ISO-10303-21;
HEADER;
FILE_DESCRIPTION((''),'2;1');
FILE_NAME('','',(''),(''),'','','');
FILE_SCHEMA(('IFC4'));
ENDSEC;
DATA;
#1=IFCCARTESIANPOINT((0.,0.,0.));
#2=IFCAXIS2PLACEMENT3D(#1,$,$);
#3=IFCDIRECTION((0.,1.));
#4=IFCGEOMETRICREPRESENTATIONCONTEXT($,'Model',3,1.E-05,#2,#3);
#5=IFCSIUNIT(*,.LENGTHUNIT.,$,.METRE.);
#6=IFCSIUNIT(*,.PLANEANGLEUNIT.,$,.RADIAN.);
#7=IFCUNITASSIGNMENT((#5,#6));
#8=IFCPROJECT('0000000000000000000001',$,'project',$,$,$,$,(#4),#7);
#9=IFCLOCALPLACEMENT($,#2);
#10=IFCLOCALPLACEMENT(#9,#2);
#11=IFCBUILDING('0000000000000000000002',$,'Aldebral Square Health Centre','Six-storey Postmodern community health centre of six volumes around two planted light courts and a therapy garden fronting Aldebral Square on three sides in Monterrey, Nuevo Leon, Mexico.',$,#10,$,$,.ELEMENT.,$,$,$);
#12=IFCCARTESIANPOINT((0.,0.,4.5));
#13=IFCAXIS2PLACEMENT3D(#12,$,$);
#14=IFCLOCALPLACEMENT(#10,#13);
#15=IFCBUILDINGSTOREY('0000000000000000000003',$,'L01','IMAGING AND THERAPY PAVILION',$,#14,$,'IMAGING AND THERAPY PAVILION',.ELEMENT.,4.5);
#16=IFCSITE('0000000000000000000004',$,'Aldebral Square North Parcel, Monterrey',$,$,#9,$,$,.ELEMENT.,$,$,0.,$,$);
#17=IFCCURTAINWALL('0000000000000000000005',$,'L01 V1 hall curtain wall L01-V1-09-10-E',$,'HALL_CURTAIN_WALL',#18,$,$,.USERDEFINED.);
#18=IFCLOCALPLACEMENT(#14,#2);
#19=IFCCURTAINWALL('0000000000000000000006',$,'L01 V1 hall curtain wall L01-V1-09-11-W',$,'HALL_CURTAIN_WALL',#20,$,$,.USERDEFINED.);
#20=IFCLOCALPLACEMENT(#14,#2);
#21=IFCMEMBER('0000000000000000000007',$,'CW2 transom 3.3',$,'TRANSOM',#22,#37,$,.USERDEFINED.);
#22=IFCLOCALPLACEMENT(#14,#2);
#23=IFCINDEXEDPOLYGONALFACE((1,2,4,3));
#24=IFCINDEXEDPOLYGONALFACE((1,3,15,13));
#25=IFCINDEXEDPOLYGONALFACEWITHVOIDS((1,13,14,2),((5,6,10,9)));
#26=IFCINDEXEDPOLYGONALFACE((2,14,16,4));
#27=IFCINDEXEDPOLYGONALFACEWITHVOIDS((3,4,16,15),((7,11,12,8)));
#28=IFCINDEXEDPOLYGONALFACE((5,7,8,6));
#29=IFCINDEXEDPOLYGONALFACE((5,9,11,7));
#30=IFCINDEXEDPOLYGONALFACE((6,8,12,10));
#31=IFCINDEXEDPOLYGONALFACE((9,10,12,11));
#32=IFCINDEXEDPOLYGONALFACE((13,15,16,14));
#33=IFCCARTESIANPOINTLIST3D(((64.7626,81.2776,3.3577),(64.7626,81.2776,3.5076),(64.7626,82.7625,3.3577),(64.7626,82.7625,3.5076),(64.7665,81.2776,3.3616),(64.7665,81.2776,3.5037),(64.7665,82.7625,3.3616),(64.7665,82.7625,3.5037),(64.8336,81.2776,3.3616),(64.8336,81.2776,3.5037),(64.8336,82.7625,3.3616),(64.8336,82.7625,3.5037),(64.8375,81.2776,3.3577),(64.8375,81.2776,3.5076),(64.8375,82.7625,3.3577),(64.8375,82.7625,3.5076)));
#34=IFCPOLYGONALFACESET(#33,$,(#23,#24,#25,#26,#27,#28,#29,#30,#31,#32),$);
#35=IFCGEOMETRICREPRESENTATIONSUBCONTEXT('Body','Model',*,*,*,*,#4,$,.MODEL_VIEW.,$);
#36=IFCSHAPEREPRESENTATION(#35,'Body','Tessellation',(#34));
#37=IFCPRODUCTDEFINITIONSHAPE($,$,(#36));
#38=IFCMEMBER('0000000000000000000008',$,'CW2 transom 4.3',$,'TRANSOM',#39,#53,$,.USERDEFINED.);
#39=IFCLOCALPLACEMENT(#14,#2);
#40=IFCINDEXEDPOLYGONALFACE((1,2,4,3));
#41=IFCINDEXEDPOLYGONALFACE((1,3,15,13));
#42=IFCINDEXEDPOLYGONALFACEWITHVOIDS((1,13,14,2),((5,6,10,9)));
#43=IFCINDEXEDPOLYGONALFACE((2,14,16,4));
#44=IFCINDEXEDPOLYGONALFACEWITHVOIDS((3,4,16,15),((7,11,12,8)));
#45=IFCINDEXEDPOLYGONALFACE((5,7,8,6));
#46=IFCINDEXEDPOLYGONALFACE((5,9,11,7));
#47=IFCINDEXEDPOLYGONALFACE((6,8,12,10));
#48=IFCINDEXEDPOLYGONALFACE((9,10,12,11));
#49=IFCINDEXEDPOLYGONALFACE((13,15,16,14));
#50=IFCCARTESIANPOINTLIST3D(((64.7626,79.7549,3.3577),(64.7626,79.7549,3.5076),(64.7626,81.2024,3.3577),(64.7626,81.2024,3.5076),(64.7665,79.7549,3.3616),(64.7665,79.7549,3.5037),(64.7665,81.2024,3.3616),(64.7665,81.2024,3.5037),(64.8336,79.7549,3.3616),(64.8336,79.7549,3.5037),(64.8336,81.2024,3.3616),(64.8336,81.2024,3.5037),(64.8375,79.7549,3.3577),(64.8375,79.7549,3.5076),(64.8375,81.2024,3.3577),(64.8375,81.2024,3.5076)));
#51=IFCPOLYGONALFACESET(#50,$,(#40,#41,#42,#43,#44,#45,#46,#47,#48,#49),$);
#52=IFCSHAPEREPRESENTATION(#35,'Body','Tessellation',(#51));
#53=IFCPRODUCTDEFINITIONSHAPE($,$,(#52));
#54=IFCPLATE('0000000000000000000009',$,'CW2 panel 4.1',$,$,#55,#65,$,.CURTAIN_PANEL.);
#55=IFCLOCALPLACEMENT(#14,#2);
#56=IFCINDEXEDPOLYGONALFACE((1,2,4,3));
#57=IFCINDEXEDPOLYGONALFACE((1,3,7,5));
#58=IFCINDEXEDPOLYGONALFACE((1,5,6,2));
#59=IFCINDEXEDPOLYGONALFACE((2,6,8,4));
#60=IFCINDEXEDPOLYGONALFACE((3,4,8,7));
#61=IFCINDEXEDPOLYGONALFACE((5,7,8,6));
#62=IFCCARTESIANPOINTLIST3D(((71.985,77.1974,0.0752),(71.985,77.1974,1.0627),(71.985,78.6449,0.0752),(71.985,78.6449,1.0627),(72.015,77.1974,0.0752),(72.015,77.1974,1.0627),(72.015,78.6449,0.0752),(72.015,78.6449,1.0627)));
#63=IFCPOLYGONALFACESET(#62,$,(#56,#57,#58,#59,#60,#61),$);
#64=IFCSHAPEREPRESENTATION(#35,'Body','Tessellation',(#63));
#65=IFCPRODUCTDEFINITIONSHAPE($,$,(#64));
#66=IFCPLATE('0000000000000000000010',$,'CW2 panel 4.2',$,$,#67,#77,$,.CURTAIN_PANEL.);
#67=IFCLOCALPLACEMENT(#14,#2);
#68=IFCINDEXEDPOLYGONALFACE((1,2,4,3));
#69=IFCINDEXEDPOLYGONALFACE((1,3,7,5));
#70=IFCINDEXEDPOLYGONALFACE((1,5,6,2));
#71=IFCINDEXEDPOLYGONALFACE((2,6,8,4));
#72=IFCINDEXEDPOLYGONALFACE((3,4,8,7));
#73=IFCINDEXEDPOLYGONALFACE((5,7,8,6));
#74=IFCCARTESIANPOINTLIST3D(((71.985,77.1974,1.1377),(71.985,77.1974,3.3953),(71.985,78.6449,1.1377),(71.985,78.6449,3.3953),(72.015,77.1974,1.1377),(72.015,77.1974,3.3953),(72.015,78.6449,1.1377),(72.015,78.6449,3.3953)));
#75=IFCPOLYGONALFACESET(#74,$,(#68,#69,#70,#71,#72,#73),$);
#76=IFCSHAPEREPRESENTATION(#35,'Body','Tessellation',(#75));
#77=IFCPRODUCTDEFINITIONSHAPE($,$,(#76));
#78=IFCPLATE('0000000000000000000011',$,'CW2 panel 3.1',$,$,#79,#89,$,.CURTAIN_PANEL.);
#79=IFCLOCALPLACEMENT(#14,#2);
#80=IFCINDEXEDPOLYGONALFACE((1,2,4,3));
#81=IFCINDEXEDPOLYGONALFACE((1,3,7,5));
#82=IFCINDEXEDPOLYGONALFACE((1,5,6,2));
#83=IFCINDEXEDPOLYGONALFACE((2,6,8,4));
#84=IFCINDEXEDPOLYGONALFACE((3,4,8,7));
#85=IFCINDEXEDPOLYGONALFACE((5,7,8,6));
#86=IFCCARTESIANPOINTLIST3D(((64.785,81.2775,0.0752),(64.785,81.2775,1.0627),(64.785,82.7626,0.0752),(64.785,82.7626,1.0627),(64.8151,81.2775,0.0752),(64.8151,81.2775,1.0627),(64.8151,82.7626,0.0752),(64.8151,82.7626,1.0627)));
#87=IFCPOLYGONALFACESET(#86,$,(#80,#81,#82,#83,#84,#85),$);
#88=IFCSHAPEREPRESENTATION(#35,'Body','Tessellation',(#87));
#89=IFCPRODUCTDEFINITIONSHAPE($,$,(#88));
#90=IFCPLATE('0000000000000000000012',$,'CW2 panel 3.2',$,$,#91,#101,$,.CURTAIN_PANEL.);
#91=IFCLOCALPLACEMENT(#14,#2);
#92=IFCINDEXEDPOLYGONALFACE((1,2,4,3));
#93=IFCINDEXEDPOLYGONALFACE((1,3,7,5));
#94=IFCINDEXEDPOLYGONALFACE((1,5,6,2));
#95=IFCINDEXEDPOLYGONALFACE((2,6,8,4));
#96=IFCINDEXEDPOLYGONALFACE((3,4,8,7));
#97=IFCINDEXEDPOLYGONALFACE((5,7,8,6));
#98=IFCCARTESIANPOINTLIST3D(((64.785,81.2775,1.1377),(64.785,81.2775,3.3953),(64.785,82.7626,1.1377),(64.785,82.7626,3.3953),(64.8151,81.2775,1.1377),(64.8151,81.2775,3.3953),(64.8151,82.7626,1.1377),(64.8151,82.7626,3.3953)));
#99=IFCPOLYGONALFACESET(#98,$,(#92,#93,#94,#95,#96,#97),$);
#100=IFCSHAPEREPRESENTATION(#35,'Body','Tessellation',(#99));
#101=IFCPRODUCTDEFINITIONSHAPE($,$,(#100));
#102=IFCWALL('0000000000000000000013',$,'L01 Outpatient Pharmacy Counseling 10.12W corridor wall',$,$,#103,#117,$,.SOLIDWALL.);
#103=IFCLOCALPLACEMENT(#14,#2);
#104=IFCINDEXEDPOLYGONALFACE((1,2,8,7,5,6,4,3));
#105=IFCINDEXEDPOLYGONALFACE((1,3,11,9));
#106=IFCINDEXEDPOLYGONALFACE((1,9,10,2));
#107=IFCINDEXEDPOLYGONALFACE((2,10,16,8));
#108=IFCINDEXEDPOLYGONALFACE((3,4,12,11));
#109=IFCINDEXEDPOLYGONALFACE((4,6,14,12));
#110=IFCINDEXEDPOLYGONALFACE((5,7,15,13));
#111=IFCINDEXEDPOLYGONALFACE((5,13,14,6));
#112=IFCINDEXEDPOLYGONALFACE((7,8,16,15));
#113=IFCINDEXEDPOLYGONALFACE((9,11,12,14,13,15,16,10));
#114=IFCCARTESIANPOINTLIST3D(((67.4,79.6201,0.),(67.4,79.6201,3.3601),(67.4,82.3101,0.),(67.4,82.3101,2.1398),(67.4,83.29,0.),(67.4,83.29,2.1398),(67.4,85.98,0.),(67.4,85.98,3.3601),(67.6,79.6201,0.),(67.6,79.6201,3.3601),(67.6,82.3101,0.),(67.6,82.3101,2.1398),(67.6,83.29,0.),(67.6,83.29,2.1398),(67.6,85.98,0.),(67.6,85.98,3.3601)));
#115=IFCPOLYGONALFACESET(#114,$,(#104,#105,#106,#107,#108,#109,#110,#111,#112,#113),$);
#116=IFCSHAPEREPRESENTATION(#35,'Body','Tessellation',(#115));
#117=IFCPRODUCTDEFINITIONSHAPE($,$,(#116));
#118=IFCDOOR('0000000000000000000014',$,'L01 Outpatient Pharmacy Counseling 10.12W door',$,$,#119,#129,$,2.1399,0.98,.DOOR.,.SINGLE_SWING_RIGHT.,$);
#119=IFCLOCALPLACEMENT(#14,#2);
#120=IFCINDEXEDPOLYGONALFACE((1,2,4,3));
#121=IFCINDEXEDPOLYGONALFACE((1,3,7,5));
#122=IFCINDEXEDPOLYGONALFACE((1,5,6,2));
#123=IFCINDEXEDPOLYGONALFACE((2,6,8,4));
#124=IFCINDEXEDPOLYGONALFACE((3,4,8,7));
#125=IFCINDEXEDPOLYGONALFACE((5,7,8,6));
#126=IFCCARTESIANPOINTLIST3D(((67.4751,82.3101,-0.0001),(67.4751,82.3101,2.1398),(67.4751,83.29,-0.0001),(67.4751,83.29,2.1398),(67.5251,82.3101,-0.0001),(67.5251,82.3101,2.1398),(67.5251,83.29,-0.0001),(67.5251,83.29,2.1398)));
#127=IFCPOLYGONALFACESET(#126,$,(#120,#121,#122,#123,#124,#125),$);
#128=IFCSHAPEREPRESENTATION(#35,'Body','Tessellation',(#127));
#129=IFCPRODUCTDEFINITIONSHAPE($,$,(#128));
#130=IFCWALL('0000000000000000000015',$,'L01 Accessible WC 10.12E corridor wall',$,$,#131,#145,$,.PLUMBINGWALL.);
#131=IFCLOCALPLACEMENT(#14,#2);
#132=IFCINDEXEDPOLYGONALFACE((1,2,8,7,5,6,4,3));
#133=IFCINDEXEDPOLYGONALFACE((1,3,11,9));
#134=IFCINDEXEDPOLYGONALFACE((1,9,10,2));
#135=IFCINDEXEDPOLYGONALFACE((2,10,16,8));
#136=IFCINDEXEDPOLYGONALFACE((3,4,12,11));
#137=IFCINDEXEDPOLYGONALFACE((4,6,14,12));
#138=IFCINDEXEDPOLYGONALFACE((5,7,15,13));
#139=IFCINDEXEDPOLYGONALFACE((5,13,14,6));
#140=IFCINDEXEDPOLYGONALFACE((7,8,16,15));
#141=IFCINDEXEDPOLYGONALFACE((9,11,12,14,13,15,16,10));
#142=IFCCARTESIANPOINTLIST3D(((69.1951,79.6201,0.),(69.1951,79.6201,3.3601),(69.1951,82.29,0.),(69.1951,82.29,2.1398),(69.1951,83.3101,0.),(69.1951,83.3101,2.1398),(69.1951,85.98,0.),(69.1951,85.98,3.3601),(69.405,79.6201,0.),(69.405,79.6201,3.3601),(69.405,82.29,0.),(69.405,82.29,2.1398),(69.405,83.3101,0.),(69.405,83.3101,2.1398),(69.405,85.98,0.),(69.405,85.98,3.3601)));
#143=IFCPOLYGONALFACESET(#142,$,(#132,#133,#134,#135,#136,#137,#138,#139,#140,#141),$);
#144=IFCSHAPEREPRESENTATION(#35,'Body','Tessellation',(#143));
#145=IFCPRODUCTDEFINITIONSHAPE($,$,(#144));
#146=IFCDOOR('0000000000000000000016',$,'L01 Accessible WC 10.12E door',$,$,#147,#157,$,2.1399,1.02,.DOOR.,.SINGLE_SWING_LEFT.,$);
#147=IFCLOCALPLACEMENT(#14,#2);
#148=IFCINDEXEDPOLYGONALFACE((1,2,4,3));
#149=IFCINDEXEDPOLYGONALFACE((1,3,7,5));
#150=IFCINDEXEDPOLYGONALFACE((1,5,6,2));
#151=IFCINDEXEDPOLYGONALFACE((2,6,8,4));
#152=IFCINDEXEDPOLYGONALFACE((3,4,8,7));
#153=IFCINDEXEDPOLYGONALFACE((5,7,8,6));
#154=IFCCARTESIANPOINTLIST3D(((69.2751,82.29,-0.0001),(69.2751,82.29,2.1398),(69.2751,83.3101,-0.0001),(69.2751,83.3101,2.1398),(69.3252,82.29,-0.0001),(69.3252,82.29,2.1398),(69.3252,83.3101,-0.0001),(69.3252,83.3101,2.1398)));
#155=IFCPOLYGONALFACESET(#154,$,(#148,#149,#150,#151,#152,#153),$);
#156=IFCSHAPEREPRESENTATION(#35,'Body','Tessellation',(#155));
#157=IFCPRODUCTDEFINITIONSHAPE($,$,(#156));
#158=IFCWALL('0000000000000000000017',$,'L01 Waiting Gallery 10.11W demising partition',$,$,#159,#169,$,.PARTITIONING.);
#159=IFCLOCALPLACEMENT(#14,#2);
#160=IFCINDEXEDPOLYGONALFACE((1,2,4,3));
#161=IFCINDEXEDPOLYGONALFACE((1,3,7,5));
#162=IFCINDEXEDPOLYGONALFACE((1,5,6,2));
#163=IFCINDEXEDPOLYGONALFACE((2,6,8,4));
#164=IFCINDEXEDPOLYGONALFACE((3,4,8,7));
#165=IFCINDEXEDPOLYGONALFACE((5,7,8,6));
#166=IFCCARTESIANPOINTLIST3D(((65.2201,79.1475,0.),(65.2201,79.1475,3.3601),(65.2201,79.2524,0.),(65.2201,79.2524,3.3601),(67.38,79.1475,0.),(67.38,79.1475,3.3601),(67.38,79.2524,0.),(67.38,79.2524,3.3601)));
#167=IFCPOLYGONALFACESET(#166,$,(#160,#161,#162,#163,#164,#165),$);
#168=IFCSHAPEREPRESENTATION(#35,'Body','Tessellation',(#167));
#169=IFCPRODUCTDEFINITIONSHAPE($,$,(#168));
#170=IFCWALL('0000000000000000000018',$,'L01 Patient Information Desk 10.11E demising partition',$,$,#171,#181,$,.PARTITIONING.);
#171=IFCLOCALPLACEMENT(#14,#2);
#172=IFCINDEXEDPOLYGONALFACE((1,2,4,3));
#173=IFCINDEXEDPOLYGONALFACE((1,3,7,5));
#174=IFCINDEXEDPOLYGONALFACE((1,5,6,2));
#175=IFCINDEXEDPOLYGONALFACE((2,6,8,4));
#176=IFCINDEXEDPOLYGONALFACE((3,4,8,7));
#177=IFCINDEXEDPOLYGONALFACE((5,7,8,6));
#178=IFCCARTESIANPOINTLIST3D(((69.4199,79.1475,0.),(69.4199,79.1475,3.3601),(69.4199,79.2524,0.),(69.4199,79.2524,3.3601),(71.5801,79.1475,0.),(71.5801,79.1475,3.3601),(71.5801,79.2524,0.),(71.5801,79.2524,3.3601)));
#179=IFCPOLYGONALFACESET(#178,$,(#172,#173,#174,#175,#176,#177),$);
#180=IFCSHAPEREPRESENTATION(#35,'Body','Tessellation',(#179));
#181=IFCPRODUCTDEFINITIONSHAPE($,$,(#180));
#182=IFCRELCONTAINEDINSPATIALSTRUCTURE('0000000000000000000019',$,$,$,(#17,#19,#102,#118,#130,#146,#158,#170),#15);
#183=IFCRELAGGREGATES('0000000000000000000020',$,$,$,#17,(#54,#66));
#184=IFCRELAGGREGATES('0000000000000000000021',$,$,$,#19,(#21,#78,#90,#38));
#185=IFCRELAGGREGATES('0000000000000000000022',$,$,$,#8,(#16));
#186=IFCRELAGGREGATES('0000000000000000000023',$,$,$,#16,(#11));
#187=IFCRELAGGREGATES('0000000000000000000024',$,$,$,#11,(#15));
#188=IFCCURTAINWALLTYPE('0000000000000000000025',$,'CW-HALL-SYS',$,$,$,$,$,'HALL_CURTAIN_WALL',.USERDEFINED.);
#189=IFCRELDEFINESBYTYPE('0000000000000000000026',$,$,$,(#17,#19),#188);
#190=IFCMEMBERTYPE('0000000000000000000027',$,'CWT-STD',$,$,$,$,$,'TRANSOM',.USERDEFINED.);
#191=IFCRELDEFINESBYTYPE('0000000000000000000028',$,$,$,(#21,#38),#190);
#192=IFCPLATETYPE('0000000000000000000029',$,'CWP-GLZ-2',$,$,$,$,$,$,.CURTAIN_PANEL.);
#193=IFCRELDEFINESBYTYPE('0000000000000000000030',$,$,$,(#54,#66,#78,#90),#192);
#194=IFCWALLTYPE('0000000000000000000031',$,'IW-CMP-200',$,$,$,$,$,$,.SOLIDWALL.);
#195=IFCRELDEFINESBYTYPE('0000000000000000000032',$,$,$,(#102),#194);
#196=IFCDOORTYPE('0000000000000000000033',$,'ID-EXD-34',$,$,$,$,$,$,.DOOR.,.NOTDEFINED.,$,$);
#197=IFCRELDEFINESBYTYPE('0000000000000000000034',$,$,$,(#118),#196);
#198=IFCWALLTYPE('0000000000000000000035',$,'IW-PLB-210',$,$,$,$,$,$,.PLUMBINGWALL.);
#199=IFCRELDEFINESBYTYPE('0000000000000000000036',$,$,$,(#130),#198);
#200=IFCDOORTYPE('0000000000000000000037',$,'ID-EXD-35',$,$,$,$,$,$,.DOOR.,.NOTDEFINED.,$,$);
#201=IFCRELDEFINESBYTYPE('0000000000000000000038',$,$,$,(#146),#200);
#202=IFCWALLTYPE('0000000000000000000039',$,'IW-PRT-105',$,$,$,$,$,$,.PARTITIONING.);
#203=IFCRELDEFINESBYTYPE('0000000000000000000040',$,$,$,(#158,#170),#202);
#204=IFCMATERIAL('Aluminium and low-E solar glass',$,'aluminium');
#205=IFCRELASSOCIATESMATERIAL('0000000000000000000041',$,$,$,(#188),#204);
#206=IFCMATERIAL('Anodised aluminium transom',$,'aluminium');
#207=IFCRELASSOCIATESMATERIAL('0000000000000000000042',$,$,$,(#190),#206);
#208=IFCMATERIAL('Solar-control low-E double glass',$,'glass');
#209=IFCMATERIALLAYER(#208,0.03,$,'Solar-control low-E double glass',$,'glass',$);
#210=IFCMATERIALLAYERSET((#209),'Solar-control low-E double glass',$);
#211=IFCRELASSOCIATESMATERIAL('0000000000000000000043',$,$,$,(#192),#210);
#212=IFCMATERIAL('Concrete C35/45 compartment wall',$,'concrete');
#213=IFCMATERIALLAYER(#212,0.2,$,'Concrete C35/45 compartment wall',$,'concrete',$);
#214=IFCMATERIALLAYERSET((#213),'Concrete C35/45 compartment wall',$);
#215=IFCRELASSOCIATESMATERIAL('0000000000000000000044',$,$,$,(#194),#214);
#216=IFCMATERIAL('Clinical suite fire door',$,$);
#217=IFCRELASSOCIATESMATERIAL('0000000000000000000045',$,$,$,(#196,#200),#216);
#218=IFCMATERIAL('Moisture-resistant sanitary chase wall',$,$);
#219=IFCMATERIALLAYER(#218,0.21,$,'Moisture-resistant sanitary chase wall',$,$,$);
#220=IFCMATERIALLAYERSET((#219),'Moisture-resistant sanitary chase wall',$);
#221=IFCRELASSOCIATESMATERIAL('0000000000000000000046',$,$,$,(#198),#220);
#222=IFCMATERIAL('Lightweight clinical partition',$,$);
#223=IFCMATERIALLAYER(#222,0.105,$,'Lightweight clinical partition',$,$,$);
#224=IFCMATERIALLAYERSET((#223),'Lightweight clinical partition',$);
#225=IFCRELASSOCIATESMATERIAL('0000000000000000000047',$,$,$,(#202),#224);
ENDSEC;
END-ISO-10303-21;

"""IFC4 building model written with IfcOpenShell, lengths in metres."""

from ifc_helpers import new_model, si_unit, direction, frame, frame_2d, origin, origin_2d, place, context, subcontext, project, spatial, rectangle, hollow_rectangle, extrude, material, layer, layer_set, material_profile, profile_set, type_object, element, fill, aggregate, save


model = new_model("IFC4")

# Units and contexts
model_context = context("Model", 3, precision=1e-05, world=origin(), true_north=direction((0.0, 1.0)))
body_context = subcontext(model_context, "Body", "Model", "MODEL_VIEW")
ifc_project = project(units=[si_unit("LENGTHUNIT", "METRE"), si_unit("PLANEANGLEUNIT", "RADIAN")], contexts=[model_context])

# Site, building, storey
site_placement = place(None, origin())
site = spatial("IfcSite", under=ifc_project, at=site_placement, Name="Aldebral Square North Parcel, Monterrey", CompositionType="ELEMENT", RefElevation=0.0)
building_placement = place(site_placement, origin())
building = spatial("IfcBuilding", under=site, at=building_placement, Name="Aldebral Square Health Centre", Description="Six-storey Postmodern community health centre of six volumes around two planted light courts and a therapy garden fronting Aldebral Square on three sides in Monterrey, Nuevo Leon, Mexico.", CompositionType="ELEMENT")
storey_placement = place(building_placement, frame((0.0, 0.0, 4.5)))
storey = spatial("IfcBuildingStorey", under=building, at=storey_placement, Name="L01", Description="IMAGING AND THERAPY PAVILION", LongName="IMAGING AND THERAPY PAVILION", CompositionType="ELEMENT", Elevation=4.5)

# Curtain walls
ifc_material_1 = material(Name="Aluminium and low-E solar glass", Category="aluminium")
curtain_wall_type = type_object("IfcCurtainWallType", Name="CW-HALL-SYS", ElementType="HALL_CURTAIN_WALL", PredefinedType="USERDEFINED", material=ifc_material_1)
curtain_wall_1_placement = place(storey_placement, origin())
curtain_wall_1 = element("IfcCurtainWall", 1, at=curtain_wall_1_placement, inside=storey, type_object=curtain_wall_type, Name="L01 V1 hall curtain wall L01-V1-09-10-E", ObjectType="HALL_CURTAIN_WALL", PredefinedType="USERDEFINED")
curtain_wall_2_placement = place(storey_placement, origin())
curtain_wall_2 = element("IfcCurtainWall", 2, at=curtain_wall_2_placement, inside=storey, type_object=curtain_wall_type, Name="L01 V1 hall curtain wall L01-V1-09-11-W", ObjectType="HALL_CURTAIN_WALL", PredefinedType="USERDEFINED")

# Members
ifc_material_2 = material(Name="Anodised aluminium transom", Category="aluminium")
ifc_material_profile_1 = material_profile(ifc_material_2, hollow_rectangle(XDim=0.075, YDim=0.1499, WallThickness=0.0039, at=origin_2d()), Name="CWT 75x150x4")
ifc_profile_set_1 = profile_set([ifc_material_profile_1], Name="Anodised aluminium transom")
member_type_1 = type_object("IfcMemberType", Name="CWT-STD", ElementType="TRANSOM", PredefinedType="USERDEFINED", material=ifc_profile_set_1)
member_1_placement = place(storey_placement, frame((64.8, 82.7625, 3.4326), z_axis=(0.0, -1.0, 0.0), x_axis=(1.0, 0.0, 0.0)))
member_1 = element("IfcMember", 3, at=member_1_placement, type_object=member_type_1, Name="CW2 transom 3.3", ObjectType="TRANSOM", PredefinedType="USERDEFINED", context=body_context, shape_type="SweptSolid", body=[
    extrude(hollow_rectangle(XDim=0.075, YDim=0.1499, WallThickness=0.0039, at=origin_2d()), origin(), (0.0, 0.0, 1.0), 1.4849),
])
member_2_placement = place(storey_placement, frame((64.8, 81.2024, 3.4326), z_axis=(0.0, -1.0, 0.0), x_axis=(1.0, 0.0, 0.0)))
member_2 = element("IfcMember", 4, at=member_2_placement, type_object=member_type_1, Name="CW2 transom 4.3", ObjectType="TRANSOM", PredefinedType="USERDEFINED", context=body_context, shape_type="SweptSolid", body=[
    extrude(hollow_rectangle(XDim=0.075, YDim=0.1499, WallThickness=0.0039, at=origin_2d()), origin(), (0.0, 0.0, 1.0), 1.4475),
])

# Plates
ifc_material_3 = material(Name="Solar-control low-E double glass", Category="glass")
ifc_layer_1 = layer(ifc_material_3, 0.03, Name="Solar-control low-E double glass", Category="glass")
ifc_layer_set_1 = layer_set([ifc_layer_1], Name="Solar-control low-E double glass")
plate_type = type_object("IfcPlateType", Name="CWP-GLZ-2", PredefinedType="CURTAIN_PANEL", material=ifc_layer_set_1)
plate_1_placement = place(storey_placement, frame((72.0, 77.9211, 0.0752), z_axis=(0.0, 0.0, 1.0), x_axis=(0.0, 1.0, 0.0)))
plate_1 = element("IfcPlate", 5, at=plate_1_placement, type_object=plate_type, Name="CW2 panel 4.1", PredefinedType="CURTAIN_PANEL", context=body_context, shape_type="SweptSolid", body=[
    extrude(rectangle(XDim=1.4475, YDim=0.03, at=origin_2d()), origin(), (0.0, 0.0, 1.0), 0.9875),
])
plate_2_placement = place(storey_placement, frame((72.0, 77.9211, 1.1377), z_axis=(0.0, 0.0, 1.0), x_axis=(0.0, 1.0, 0.0)))
plate_2 = element("IfcPlate", 6, at=plate_2_placement, type_object=plate_type, Name="CW2 panel 4.2", PredefinedType="CURTAIN_PANEL", context=body_context, shape_type="SweptSolid", body=[
    extrude(rectangle(XDim=1.4475, YDim=0.03, at=origin_2d()), origin(), (0.0, 0.0, 1.0), 2.2576),
])
aggregate(curtain_wall_1, [plate_1, plate_2])
plate_3_placement = place(storey_placement, frame((64.8, 82.02, 0.0752), z_axis=(0.0, 0.0, 1.0), x_axis=(0.0, -1.0, 0.0)))
plate_3 = element("IfcPlate", 7, at=plate_3_placement, type_object=plate_type, Name="CW2 panel 3.1", PredefinedType="CURTAIN_PANEL", context=body_context, shape_type="SweptSolid", body=[
    extrude(rectangle(XDim=1.4851, YDim=0.03, at=origin_2d()), origin(), (0.0, 0.0, 1.0), 0.9875),
])
plate_4_placement = place(storey_placement, frame((64.8, 82.02, 1.1377), z_axis=(0.0, 0.0, 1.0), x_axis=(0.0, -1.0, 0.0)))
plate_4 = element("IfcPlate", 8, at=plate_4_placement, type_object=plate_type, Name="CW2 panel 3.2", PredefinedType="CURTAIN_PANEL", context=body_context, shape_type="SweptSolid", body=[
    extrude(rectangle(XDim=1.4851, YDim=0.03, at=origin_2d()), origin(), (0.0, 0.0, 1.0), 2.2576),
])
aggregate(curtain_wall_2, [member_1, plate_3, plate_4, member_2])

# Walls, openings, doors
ifc_material_4 = material(Name="Concrete C35/45 compartment wall", Category="concrete")
ifc_layer_2 = layer(ifc_material_4, 0.2, Name="Concrete C35/45 compartment wall", Category="concrete")
ifc_layer_set_2 = layer_set([ifc_layer_2], Name="Concrete C35/45 compartment wall")
wall_type_1 = type_object("IfcWallType", Name="IW-CMP-200", PredefinedType="SOLIDWALL", material=ifc_layer_set_2)
wall_1_placement = place(storey_placement, frame((67.5, 79.6201, 0.0), z_axis=(0.0, 0.0, 1.0), x_axis=(0.0, 1.0, 0.0)))
wall_1 = element("IfcWall", 9, at=wall_1_placement, inside=storey, type_object=wall_type_1, Name="L01 Outpatient Pharmacy Counseling 10.12W corridor wall", PredefinedType="SOLIDWALL", context=body_context, shape_type="SweptSolid", body=[
    extrude(rectangle(XDim=6.3599, YDim=0.2, at=frame_2d((3.1799, 0.0))), origin(), (0.0, 0.0, 1.0), 3.3601),
])
opening_1_placement = place(wall_1_placement, frame((2.6899, 0.0, 0.0)))
opening_1 = element("IfcOpeningElement", 10, at=opening_1_placement, cuts=wall_1, PredefinedType="OPENING", context=body_context, shape_type="SweptSolid", body=[
    extrude(rectangle(XDim=0.98, YDim=2.1399, at=frame_2d((0.49, 1.0698))), frame((0.0, 0.1099, 0.0), z_axis=(0.0, -1.0, 0.0), x_axis=(1.0, 0.0, 0.0)), (0.0, 0.0, 1.0), 0.22),
])
ifc_material_5 = material(Name="Clinical suite fire door")
door_type_1 = type_object("IfcDoorType", Name="ID-EXD-34", OperationType="NOTDEFINED", PredefinedType="DOOR", material=ifc_material_5)
door_1_placement = place(opening_1_placement, origin())
door_1 = element("IfcDoor", 11, at=door_1_placement, inside=storey, type_object=door_type_1, Name="L01 Outpatient Pharmacy Counseling 10.12W door", OperationType="SINGLE_SWING_RIGHT", OverallHeight=2.1399, OverallWidth=0.98, PredefinedType="DOOR", context=body_context, shape_type="SweptSolid", body=[
    extrude(rectangle(XDim=0.98, YDim=2.1399, at=frame_2d((0.49, 1.0698))), frame((0.0, 0.0249, 0.0), z_axis=(0.0, -1.0, 0.0), x_axis=(1.0, 0.0, 0.0)), (0.0, 0.0, 1.0), 0.05),
])
fill(opening_1, door_1)
ifc_material_6 = material(Name="Moisture-resistant sanitary chase wall")
ifc_layer_3 = layer(ifc_material_6, 0.21, Name="Moisture-resistant sanitary chase wall")
ifc_layer_set_3 = layer_set([ifc_layer_3], Name="Moisture-resistant sanitary chase wall")
wall_type_2 = type_object("IfcWallType", Name="IW-PLB-210", PredefinedType="PLUMBINGWALL", material=ifc_layer_set_3)
wall_2_placement = place(storey_placement, frame((69.3, 79.6201, 0.0), z_axis=(0.0, 0.0, 1.0), x_axis=(0.0, 1.0, 0.0)))
wall_2 = element("IfcWall", 12, at=wall_2_placement, inside=storey, type_object=wall_type_2, Name="L01 Accessible WC 10.12E corridor wall", PredefinedType="PLUMBINGWALL", context=body_context, shape_type="SweptSolid", body=[
    extrude(rectangle(XDim=6.3599, YDim=0.21, at=frame_2d((3.1799, 0.0))), origin(), (0.0, 0.0, 1.0), 3.3601),
])
opening_2_placement = place(wall_2_placement, frame((2.6699, 0.0, 0.0)))
opening_2 = element("IfcOpeningElement", 13, at=opening_2_placement, cuts=wall_2, PredefinedType="OPENING", context=body_context, shape_type="SweptSolid", body=[
    extrude(rectangle(XDim=1.02, YDim=2.1399, at=frame_2d((0.51, 1.0698))), frame((0.0, 0.115, 0.0), z_axis=(0.0, -1.0, 0.0), x_axis=(1.0, 0.0, 0.0)), (0.0, 0.0, 1.0), 0.23),
])
door_type_2 = type_object("IfcDoorType", Name="ID-EXD-35", OperationType="NOTDEFINED", PredefinedType="DOOR", material=ifc_material_5)
door_2_placement = place(opening_2_placement, origin())
door_2 = element("IfcDoor", 14, at=door_2_placement, inside=storey, type_object=door_type_2, Name="L01 Accessible WC 10.12E door", OperationType="SINGLE_SWING_LEFT", OverallHeight=2.1399, OverallWidth=1.02, PredefinedType="DOOR", context=body_context, shape_type="SweptSolid", body=[
    extrude(rectangle(XDim=1.02, YDim=2.1399, at=frame_2d((0.51, 1.0698))), frame((0.0, 0.0249, 0.0), z_axis=(0.0, -1.0, 0.0), x_axis=(1.0, 0.0, 0.0)), (0.0, 0.0, 1.0), 0.05),
])
fill(opening_2, door_2)

# Walls
ifc_material_7 = material(Name="Lightweight clinical partition")
ifc_layer_4 = layer(ifc_material_7, 0.105, Name="Lightweight clinical partition")
ifc_layer_set_4 = layer_set([ifc_layer_4], Name="Lightweight clinical partition")
wall_type_3 = type_object("IfcWallType", Name="IW-PRT-105", PredefinedType="PARTITIONING", material=ifc_layer_set_4)
wall_3_placement = place(storey_placement, frame((65.22, 79.2, 0.0), z_axis=(0.0, 0.0, 1.0), x_axis=(1.0, 0.0, 0.0)))
element("IfcWall", 15, at=wall_3_placement, inside=storey, type_object=wall_type_3, Name="L01 Waiting Gallery 10.11W demising partition", PredefinedType="PARTITIONING", context=body_context, shape_type="SweptSolid", body=[
    extrude(rectangle(XDim=2.1599, YDim=0.105, at=frame_2d((1.0801, 0.0))), origin(), (0.0, 0.0, 1.0), 3.3601),
])
wall_4_placement = place(storey_placement, frame((69.4199, 79.2, 0.0), z_axis=(0.0, 0.0, 1.0), x_axis=(1.0, 0.0, 0.0)))
element("IfcWall", 16, at=wall_4_placement, inside=storey, type_object=wall_type_3, Name="L01 Patient Information Desk 10.11E demising partition", PredefinedType="PARTITIONING", context=body_context, shape_type="SweptSolid", body=[
    extrude(rectangle(XDim=2.1602, YDim=0.105, at=frame_2d((1.0801, 0.0))), origin(), (0.0, 0.0, 1.0), 3.3601),
])

save(model, "model.ifc")
